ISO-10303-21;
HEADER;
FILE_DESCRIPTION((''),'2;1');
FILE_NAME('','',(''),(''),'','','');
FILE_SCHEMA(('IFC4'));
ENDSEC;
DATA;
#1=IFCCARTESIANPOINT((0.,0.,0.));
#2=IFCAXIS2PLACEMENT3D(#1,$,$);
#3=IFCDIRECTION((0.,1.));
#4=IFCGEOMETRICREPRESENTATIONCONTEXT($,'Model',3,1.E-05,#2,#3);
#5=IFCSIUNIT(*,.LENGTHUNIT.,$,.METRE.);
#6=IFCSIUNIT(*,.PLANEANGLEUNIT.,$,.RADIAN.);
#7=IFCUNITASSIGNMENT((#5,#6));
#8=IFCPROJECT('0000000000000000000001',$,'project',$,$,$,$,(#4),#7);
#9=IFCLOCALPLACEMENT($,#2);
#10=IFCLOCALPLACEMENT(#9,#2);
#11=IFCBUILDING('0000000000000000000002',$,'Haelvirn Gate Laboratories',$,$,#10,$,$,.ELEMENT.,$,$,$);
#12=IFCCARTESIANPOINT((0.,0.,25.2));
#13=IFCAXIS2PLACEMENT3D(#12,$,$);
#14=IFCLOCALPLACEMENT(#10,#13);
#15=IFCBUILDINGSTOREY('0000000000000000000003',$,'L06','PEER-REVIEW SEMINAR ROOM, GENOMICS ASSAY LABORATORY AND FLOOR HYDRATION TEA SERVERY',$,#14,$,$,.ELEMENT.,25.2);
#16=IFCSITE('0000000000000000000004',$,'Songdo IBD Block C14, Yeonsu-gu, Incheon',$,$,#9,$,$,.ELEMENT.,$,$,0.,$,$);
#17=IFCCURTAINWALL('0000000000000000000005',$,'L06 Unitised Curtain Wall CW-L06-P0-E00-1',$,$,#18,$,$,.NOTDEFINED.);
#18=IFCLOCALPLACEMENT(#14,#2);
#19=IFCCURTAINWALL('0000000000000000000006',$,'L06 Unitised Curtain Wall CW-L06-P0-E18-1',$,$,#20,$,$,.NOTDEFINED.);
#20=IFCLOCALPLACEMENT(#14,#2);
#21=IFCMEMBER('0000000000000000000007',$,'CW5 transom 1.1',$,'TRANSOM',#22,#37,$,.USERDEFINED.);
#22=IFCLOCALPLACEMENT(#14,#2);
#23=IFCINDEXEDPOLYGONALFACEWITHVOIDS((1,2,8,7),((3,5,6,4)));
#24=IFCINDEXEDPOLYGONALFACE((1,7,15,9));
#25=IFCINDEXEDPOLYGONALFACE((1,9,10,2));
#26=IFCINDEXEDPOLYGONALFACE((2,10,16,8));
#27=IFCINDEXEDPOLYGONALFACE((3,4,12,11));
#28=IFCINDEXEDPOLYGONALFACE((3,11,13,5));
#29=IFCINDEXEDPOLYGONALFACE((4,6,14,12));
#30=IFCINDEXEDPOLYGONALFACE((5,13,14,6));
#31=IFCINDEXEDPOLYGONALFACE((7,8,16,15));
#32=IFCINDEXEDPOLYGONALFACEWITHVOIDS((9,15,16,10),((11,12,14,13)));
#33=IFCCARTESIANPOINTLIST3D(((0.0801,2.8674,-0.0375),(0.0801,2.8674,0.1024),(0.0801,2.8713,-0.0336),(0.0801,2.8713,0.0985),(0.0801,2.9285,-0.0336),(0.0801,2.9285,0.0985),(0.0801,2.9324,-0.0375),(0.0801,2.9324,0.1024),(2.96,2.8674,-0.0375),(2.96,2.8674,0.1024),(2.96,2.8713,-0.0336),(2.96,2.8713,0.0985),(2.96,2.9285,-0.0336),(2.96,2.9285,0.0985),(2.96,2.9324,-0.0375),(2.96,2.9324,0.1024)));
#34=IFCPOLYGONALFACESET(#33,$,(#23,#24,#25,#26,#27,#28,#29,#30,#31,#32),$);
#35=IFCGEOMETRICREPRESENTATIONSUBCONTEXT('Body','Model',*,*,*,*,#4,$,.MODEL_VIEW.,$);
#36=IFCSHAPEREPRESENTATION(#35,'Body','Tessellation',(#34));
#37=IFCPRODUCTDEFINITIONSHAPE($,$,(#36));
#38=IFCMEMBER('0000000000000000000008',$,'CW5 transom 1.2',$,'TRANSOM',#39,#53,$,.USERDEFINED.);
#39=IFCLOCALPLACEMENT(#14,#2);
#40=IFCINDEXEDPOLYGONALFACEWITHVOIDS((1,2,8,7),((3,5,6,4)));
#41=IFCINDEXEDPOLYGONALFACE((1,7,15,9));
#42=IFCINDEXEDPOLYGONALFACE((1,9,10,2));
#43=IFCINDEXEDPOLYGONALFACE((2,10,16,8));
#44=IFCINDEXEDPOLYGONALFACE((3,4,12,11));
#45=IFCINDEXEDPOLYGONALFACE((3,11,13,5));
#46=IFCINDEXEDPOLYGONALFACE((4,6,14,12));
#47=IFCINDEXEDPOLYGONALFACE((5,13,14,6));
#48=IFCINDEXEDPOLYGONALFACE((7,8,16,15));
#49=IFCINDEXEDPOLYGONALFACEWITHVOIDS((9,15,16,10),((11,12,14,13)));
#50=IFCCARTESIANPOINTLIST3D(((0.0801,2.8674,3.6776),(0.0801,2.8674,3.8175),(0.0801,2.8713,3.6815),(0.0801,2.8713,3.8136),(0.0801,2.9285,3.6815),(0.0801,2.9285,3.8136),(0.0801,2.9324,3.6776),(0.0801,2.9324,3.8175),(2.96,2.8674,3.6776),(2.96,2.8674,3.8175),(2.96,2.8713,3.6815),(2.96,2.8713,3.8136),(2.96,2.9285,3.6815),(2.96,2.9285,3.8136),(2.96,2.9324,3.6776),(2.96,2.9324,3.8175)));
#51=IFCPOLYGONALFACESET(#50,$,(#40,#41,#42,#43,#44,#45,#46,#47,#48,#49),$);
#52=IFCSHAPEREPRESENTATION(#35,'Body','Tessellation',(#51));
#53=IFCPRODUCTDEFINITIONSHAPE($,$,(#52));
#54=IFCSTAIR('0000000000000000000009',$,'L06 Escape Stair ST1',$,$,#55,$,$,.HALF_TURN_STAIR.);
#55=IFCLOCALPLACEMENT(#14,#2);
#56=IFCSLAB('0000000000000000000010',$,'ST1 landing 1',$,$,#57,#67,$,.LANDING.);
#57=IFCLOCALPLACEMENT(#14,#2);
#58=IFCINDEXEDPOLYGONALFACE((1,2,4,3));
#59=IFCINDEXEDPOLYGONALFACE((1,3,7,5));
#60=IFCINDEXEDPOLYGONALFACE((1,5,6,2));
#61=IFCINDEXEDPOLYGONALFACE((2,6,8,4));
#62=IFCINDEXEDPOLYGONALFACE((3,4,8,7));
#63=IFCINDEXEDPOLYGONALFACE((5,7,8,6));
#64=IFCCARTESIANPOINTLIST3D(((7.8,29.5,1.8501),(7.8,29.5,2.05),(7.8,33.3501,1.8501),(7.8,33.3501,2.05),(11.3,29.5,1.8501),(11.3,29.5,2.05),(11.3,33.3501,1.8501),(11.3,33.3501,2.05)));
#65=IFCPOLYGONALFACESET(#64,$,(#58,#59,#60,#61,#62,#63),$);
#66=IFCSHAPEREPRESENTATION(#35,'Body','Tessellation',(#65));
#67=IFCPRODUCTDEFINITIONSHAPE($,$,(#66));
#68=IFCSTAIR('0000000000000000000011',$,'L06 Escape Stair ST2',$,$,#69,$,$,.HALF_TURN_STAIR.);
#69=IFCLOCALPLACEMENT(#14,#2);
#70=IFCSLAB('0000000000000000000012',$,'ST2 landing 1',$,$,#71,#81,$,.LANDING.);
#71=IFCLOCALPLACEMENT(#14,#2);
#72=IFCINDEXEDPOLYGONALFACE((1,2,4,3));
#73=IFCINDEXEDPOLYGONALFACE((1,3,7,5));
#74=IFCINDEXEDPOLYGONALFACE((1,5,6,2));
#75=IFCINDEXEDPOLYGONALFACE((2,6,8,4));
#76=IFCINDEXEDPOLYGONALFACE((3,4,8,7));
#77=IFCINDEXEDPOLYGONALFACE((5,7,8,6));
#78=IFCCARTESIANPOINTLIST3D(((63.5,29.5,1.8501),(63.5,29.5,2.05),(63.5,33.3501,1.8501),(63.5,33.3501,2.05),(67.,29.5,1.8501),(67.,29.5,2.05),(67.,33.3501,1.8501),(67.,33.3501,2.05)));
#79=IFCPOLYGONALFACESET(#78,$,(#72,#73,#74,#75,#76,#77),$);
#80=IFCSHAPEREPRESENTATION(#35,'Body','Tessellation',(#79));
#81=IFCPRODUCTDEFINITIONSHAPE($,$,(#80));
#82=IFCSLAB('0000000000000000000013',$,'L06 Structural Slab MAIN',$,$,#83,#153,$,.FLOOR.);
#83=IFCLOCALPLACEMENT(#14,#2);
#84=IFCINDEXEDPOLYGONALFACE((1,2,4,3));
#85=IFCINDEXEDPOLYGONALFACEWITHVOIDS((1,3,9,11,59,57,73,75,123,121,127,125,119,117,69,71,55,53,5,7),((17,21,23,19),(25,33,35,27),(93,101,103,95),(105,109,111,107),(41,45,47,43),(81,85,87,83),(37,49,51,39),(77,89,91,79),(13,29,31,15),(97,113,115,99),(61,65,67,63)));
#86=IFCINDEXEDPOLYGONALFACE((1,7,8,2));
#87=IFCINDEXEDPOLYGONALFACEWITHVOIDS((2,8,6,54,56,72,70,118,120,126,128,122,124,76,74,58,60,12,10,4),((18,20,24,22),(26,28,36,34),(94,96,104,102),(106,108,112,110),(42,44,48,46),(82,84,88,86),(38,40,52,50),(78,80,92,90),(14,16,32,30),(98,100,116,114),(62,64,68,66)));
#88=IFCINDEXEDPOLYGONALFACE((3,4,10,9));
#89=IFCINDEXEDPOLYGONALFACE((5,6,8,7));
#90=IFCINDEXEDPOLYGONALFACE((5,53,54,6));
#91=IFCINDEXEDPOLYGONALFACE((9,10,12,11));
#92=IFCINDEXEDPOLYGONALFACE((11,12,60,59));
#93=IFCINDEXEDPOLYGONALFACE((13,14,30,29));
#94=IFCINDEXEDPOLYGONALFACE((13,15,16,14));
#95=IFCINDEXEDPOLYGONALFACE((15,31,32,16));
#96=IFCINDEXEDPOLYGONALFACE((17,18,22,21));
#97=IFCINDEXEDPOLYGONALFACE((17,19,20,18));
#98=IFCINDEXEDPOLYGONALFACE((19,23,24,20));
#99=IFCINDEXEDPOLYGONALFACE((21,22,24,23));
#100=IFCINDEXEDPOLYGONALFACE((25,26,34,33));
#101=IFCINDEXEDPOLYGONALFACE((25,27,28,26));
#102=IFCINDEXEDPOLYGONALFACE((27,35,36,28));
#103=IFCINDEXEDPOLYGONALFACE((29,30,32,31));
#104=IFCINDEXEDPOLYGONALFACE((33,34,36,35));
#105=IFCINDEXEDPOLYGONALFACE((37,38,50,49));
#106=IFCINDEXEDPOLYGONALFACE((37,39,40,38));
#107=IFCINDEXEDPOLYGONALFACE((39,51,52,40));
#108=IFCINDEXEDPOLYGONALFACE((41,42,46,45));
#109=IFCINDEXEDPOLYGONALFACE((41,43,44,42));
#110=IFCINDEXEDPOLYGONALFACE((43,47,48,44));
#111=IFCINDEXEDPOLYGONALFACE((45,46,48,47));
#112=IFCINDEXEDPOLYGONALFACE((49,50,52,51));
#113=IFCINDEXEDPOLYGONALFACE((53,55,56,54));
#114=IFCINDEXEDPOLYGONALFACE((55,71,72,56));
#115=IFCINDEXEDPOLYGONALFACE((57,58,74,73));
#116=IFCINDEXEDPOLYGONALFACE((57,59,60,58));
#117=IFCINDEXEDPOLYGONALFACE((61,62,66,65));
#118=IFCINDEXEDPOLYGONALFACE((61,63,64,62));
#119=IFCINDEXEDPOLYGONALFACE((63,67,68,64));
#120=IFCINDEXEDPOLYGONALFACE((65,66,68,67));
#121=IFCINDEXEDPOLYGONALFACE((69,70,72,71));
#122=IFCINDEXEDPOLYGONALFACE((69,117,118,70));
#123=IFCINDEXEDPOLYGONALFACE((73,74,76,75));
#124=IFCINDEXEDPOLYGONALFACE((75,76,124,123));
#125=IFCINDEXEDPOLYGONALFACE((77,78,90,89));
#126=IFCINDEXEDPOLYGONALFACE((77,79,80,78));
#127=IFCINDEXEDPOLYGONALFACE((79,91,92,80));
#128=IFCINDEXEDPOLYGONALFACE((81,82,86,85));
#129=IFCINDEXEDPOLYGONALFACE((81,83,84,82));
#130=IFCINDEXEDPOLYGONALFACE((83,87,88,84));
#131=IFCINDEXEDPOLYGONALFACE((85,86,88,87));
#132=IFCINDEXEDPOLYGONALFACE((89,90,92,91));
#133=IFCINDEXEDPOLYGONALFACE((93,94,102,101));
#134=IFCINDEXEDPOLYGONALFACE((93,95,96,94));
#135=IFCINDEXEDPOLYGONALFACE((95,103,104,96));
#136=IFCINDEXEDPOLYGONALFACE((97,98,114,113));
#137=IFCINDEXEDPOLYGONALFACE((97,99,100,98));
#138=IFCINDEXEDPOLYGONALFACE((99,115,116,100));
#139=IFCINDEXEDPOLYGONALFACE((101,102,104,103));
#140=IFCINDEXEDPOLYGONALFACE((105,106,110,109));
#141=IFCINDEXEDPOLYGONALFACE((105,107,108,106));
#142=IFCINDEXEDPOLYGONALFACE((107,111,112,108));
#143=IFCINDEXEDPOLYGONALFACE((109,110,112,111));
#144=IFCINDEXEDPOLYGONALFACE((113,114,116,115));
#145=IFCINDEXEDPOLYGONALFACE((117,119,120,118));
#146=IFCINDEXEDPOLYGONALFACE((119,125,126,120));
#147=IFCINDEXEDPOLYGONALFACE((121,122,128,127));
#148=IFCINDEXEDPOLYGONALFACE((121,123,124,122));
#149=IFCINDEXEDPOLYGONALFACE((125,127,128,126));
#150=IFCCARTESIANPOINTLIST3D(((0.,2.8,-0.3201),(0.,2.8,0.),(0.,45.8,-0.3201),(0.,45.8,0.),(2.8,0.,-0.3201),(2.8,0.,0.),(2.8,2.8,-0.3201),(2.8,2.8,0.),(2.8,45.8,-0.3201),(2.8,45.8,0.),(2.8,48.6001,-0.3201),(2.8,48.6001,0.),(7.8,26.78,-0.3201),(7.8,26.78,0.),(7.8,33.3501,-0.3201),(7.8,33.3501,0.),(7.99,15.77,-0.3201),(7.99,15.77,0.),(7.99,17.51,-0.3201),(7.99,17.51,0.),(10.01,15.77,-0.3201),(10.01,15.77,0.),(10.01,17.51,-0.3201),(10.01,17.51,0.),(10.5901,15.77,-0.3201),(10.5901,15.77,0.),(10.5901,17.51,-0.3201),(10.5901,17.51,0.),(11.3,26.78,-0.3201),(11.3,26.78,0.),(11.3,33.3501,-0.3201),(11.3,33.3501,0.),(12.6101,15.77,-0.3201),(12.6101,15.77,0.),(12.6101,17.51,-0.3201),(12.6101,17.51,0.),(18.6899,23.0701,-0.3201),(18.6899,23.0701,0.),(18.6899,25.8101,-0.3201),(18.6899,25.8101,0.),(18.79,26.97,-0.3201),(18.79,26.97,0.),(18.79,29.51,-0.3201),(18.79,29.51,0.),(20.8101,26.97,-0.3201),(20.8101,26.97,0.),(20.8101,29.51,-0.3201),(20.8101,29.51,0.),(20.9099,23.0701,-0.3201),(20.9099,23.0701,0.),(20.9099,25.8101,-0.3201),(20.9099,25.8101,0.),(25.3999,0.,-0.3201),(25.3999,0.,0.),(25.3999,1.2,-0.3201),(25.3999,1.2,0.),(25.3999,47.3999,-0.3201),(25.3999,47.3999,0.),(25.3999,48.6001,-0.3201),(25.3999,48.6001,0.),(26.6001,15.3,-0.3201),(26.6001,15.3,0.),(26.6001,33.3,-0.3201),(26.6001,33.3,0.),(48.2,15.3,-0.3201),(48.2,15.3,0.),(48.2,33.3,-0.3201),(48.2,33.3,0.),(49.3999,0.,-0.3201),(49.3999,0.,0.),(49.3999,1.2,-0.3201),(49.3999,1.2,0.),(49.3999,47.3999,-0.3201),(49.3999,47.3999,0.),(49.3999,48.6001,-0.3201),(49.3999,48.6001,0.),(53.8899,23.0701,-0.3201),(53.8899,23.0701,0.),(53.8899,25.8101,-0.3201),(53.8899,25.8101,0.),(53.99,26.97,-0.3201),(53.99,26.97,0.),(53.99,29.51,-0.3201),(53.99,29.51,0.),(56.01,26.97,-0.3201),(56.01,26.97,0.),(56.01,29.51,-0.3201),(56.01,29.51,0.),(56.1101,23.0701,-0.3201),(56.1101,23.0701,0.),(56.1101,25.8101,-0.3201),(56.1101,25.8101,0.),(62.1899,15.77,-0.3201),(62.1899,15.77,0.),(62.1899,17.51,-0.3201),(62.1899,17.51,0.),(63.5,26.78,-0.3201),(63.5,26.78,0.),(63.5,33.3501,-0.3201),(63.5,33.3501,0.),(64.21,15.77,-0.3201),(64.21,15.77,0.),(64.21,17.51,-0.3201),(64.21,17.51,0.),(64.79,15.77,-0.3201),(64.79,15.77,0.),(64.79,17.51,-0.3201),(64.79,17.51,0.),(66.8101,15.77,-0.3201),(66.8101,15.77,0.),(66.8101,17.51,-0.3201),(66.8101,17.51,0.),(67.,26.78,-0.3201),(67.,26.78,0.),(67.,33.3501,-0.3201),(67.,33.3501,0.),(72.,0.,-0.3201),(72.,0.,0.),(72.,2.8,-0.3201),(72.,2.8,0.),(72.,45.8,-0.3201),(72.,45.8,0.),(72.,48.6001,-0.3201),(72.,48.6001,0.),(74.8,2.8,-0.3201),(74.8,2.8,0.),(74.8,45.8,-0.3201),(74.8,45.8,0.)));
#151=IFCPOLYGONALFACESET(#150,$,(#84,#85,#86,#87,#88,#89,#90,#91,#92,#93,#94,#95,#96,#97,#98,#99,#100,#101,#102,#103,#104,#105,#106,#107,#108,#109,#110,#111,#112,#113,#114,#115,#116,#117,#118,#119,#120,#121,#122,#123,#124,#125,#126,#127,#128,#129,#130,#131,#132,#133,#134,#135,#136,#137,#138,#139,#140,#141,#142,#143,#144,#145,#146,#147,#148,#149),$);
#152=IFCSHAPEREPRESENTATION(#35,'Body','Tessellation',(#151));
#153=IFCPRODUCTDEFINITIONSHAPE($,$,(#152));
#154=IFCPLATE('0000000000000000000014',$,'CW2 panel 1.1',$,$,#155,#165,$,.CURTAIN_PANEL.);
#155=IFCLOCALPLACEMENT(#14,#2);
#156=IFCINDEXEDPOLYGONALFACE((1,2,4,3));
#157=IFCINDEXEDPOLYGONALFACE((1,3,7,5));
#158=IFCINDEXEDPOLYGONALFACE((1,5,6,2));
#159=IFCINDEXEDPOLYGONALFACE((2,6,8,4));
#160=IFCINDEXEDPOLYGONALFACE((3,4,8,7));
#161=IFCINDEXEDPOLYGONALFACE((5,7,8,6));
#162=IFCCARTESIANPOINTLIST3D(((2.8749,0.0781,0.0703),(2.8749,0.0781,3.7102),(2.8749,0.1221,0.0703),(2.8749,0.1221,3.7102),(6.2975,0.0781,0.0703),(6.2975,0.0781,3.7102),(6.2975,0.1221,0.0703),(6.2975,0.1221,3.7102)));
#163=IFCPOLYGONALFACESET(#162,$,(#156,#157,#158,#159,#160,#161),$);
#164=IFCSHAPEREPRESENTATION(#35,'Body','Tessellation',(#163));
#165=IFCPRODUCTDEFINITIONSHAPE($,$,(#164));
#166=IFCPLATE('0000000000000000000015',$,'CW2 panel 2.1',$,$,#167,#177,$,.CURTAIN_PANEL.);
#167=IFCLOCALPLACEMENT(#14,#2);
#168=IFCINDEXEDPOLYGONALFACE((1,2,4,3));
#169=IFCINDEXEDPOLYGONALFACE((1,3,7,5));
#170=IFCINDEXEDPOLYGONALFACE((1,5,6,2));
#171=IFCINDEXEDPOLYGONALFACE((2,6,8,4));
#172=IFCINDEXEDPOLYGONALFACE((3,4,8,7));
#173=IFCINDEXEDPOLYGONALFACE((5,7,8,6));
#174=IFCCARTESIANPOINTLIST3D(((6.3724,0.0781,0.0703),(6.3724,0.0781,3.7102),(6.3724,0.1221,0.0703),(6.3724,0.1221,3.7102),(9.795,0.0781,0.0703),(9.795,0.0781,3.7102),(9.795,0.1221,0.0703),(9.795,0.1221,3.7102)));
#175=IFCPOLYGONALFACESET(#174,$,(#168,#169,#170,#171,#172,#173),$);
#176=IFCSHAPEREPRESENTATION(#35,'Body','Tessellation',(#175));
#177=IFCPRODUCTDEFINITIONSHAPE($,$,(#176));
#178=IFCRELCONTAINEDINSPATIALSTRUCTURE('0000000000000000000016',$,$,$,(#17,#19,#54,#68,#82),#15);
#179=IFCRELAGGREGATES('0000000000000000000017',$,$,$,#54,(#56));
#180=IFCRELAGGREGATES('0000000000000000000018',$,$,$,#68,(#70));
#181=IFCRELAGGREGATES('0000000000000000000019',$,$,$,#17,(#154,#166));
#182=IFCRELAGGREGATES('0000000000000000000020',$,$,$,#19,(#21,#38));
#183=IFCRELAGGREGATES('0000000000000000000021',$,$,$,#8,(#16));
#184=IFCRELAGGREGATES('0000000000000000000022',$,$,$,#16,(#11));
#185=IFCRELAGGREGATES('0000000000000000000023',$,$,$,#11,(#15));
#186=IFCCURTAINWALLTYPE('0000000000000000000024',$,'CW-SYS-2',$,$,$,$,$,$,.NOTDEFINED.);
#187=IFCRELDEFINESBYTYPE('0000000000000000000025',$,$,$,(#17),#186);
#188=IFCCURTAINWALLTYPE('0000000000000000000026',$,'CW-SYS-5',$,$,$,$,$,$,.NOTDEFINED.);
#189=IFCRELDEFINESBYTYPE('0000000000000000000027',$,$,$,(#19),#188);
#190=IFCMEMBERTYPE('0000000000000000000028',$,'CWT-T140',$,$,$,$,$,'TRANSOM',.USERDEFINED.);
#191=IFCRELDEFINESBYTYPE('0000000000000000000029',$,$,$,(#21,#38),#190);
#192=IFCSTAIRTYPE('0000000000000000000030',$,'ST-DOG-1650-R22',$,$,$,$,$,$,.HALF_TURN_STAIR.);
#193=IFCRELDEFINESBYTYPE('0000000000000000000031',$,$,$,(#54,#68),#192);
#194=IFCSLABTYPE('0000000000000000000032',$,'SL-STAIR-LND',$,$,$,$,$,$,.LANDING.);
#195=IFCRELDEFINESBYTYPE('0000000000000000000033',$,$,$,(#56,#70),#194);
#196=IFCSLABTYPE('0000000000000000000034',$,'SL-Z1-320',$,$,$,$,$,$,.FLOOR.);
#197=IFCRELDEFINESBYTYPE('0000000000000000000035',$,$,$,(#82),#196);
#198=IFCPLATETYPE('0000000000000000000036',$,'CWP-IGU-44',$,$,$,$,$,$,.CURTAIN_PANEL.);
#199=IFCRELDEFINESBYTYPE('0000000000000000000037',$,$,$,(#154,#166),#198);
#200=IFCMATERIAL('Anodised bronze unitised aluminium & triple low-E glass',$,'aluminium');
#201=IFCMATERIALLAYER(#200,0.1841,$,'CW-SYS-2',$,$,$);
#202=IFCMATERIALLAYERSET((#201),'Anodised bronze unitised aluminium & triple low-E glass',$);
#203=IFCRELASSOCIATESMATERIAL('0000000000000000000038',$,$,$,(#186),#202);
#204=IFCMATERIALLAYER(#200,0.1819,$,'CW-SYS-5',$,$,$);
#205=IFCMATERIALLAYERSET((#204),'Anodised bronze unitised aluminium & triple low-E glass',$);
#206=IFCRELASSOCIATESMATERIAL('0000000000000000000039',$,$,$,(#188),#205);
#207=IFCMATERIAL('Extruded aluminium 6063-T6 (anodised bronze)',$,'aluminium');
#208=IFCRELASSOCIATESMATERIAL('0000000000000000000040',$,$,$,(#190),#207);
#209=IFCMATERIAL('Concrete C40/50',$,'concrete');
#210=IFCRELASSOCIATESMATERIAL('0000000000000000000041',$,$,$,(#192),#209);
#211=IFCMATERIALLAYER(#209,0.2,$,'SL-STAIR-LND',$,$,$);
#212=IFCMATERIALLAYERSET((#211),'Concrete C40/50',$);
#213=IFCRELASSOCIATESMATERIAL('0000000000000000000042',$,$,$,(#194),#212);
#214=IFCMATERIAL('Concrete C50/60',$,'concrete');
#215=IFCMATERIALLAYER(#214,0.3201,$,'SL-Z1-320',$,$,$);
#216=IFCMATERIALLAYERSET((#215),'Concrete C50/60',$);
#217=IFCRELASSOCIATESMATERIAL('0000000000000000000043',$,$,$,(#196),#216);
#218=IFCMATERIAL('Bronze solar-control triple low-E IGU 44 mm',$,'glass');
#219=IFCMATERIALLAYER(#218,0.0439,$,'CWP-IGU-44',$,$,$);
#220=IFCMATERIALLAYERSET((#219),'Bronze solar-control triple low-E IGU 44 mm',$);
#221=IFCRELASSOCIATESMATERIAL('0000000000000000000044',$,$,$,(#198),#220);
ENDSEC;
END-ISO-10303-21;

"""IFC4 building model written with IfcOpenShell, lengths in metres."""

from ifc_helpers import new_model, si_unit, direction, frame, origin, origin_2d, place, context, subcontext, project, spatial, polyline, rectangle, hollow_rectangle, outline, extrude, source, transform, mapped, material, layer, layer_set, material_profile, profile_set, type_object, type_shapes, element, aggregate, save


model = new_model("IFC4")

# Units and contexts
model_context = context("Model", 3, precision=1e-05, world=origin(), true_north=direction((0.0, 1.0)))
body_context = subcontext(model_context, "Body", "Model", "MODEL_VIEW")
ifc_project = project(units=[si_unit("LENGTHUNIT", "METRE"), si_unit("PLANEANGLEUNIT", "RADIAN")], contexts=[model_context])

# Site, building, storey
site_placement = place(None, origin())
site = spatial("IfcSite", under=ifc_project, at=site_placement, Name="Songdo IBD Block C14, Yeonsu-gu, Incheon", CompositionType="ELEMENT", RefElevation=0.0)
building_placement = place(site_placement, origin())
building = spatial("IfcBuilding", under=site, at=building_placement, Name="Haelvirn Gate Laboratories", CompositionType="ELEMENT")
storey_placement = place(building_placement, frame((0.0, 0.0, 25.2)))
storey = spatial("IfcBuildingStorey", under=building, at=storey_placement, Name="L06", Description="PEER-REVIEW SEMINAR ROOM, GENOMICS ASSAY LABORATORY AND FLOOR HYDRATION TEA SERVERY", CompositionType="ELEMENT", Elevation=25.2)

# Curtain wall
ifc_material_1 = material(Name="Anodised bronze unitised aluminium & triple low-E glass", Category="aluminium")
ifc_layer_1 = layer(ifc_material_1, 0.1841, Name="CW-SYS-2")
ifc_layer_set_1 = layer_set([ifc_layer_1], Name="Anodised bronze unitised aluminium & triple low-E glass")
curtain_wall_type_1 = type_object("IfcCurtainWallType", Name="CW-SYS-2", PredefinedType="NOTDEFINED", material=ifc_layer_set_1)
curtain_wall_1_placement = place(storey_placement, origin())
curtain_wall_1 = element("IfcCurtainWall", 1, at=curtain_wall_1_placement, inside=storey, type_object=curtain_wall_type_1, Name="L06 Unitised Curtain Wall CW-L06-P0-E00-1", PredefinedType="NOTDEFINED")
ifc_material_2 = material(Name="Extruded aluminium 6063-T6 (anodised bronze)", Category="aluminium")

# Curtain wall, members
ifc_layer_2 = layer(ifc_material_1, 0.1819, Name="CW-SYS-5")
ifc_layer_set_2 = layer_set([ifc_layer_2], Name="Anodised bronze unitised aluminium & triple low-E glass")
curtain_wall_type_2 = type_object("IfcCurtainWallType", Name="CW-SYS-5", PredefinedType="NOTDEFINED", material=ifc_layer_set_2)
curtain_wall_2_placement = place(storey_placement, origin())
curtain_wall_2 = element("IfcCurtainWall", 2, at=curtain_wall_2_placement, inside=storey, type_object=curtain_wall_type_2, Name="L06 Unitised Curtain Wall CW-L06-P0-E18-1", PredefinedType="NOTDEFINED")
ifc_material_profile_1 = material_profile(ifc_material_2, hollow_rectangle(XDim=0.0649, YDim=0.1399, WallThickness=0.0039, at=origin_2d()), Name="CWT-140x65x4")
ifc_profile_set_1 = profile_set([ifc_material_profile_1], Name="Extruded aluminium 6063-T6 (anodised bronze)")
member_type_1 = type_object("IfcMemberType", Name="CWT-T140", ElementType="TRANSOM", PredefinedType="USERDEFINED", material=ifc_profile_set_1)
shared_shape_1 = source(origin(), body_context, "Body", "SweptSolid", [
    extrude(hollow_rectangle(XDim=0.0649, YDim=0.1399, WallThickness=0.0039, at=origin_2d()), origin(), (0.0, 0.0, 1.0), 2.8799),
])
type_shapes(member_type_1, [shared_shape_1])
member_1_placement = place(storey_placement, frame((0.0801, 2.8999, 0.0325), z_axis=(1.0, 0.0, 0.0), x_axis=(0.0, 1.0, 0.0)))
member_1 = element("IfcMember", 3, at=member_1_placement, type_object=member_type_1, Name="CW5 transom 1.1", ObjectType="TRANSOM", PredefinedType="USERDEFINED", context=body_context, shape_type="MappedRepresentation", body=[
    mapped(shared_shape_1, transform((0.0, 0.0, 0.0), scale=1.0)),
])
member_2_placement = place(storey_placement, frame((0.0801, 2.8999, 3.7476), z_axis=(1.0, 0.0, 0.0), x_axis=(0.0, 1.0, 0.0)))
member_2 = element("IfcMember", 4, at=member_2_placement, type_object=member_type_1, Name="CW5 transom 1.2", ObjectType="TRANSOM", PredefinedType="USERDEFINED", context=body_context, shape_type="MappedRepresentation", body=[
    mapped(shared_shape_1, transform((0.0, 0.0, 0.0), scale=1.0)),
])

# Shared definitions
ifc_material_3 = material(Name="Concrete C40/50", Category="concrete")

# Stairs, slabs
stair_type = type_object("IfcStairType", Name="ST-DOG-1650-R22", PredefinedType="HALF_TURN_STAIR", material=ifc_material_3)
stair_1_placement = place(storey_placement, origin())
stair_1 = element("IfcStair", 5, at=stair_1_placement, inside=storey, type_object=stair_type, Name="L06 Escape Stair ST1", PredefinedType="HALF_TURN_STAIR")
ifc_layer_3 = layer(ifc_material_3, 0.2, Name="SL-STAIR-LND")
ifc_layer_set_3 = layer_set([ifc_layer_3], Name="Concrete C40/50")
slab_type_1 = type_object("IfcSlabType", Name="SL-STAIR-LND", PredefinedType="LANDING", material=ifc_layer_set_3)
slab_1_placement = place(storey_placement, frame((0.0, 0.0, 1.8501)))
slab_1 = element("IfcSlab", 6, at=slab_1_placement, type_object=slab_type_1, Name="ST1 landing 1", PredefinedType="LANDING", context=body_context, shape_type="SweptSolid", body=[
    extrude(outline(polyline([(11.3, 29.5), (11.3, 33.3501), (7.8, 33.3501), (7.8, 29.5), (11.3, 29.5)])), origin(), (0.0, 0.0, 1.0), 0.2),
])
aggregate(stair_1, [slab_1])
stair_2_placement = place(storey_placement, origin())
stair_2 = element("IfcStair", 7, at=stair_2_placement, inside=storey, type_object=stair_type, Name="L06 Escape Stair ST2", PredefinedType="HALF_TURN_STAIR")
slab_2_placement = place(storey_placement, frame((0.0, 0.0, 1.8501)))
slab_2 = element("IfcSlab", 8, at=slab_2_placement, type_object=slab_type_1, Name="ST2 landing 1", PredefinedType="LANDING", context=body_context, shape_type="SweptSolid", body=[
    extrude(outline(polyline([(67.0, 29.5), (67.0, 33.3501), (63.5, 33.3501), (63.5, 29.5), (67.0, 29.5)])), origin(), (0.0, 0.0, 1.0), 0.2),
])
aggregate(stair_2, [slab_2])

# Slab
ifc_material_4 = material(Name="Concrete C50/60", Category="concrete")
ifc_layer_4 = layer(ifc_material_4, 0.3201, Name="SL-Z1-320")
ifc_layer_set_4 = layer_set([ifc_layer_4], Name="Concrete C50/60")
slab_type_2 = type_object("IfcSlabType", Name="SL-Z1-320", PredefinedType="FLOOR", material=ifc_layer_set_4)
slab_3_placement = place(storey_placement, frame((0.0, 0.0, -0.3201)))
element("IfcSlab", 9, at=slab_3_placement, inside=storey, type_object=slab_type_2, Name="L06 Structural Slab MAIN", PredefinedType="FLOOR", context=body_context, shape_type="SweptSolid", body=[
    extrude(outline(polyline([(2.8, 0.0), (25.3999, 0.0), (25.3999, 1.2), (49.3999, 1.2), (49.3999, 0.0), (72.0, 0.0), (72.0, 2.8), (74.8, 2.8), (74.8, 45.8), (72.0, 45.8), (72.0, 48.6001), (49.3999, 48.6001), (49.3999, 47.3999), (25.3999, 47.3999), (25.3999, 48.6001), (2.8, 48.6001), (2.8, 45.8), (0.0, 45.8), (0.0, 2.8), (2.8, 2.8), (2.8, 0.0)]), holes=[polyline([(26.6001, 15.3), (48.2, 15.3), (48.2, 33.3), (26.6001, 33.3), (26.6001, 15.3)]), polyline([(11.3, 26.78), (11.3, 33.3501), (7.8, 33.3501), (7.8, 26.78), (11.3, 26.78)]), polyline([(67.0, 26.78), (67.0, 33.3501), (63.5, 33.3501), (63.5, 26.78), (67.0, 26.78)]), polyline([(7.99, 15.77), (10.01, 15.77), (10.01, 17.51), (7.99, 17.51), (7.99, 15.77)]), polyline([(10.5901, 15.77), (12.6101, 15.77), (12.6101, 17.51), (10.5901, 17.51), (10.5901, 15.77)]), polyline([(18.79, 26.97), (20.8101, 26.97), (20.8101, 29.51), (18.79, 29.51), (18.79, 26.97)]), polyline([(18.6899, 23.0701), (20.9099, 23.0701), (20.9099, 25.8101), (18.6899, 25.8101), (18.6899, 23.0701)]), polyline([(64.79, 15.77), (66.8101, 15.77), (66.8101, 17.51), (64.79, 17.51), (64.79, 15.77)]), polyline([(62.1899, 15.77), (64.21, 15.77), (64.21, 17.51), (62.1899, 17.51), (62.1899, 15.77)]), polyline([(53.99, 26.97), (56.01, 26.97), (56.01, 29.51), (53.99, 29.51), (53.99, 26.97)]), polyline([(53.8899, 23.0701), (56.1101, 23.0701), (56.1101, 25.8101), (53.8899, 25.8101), (53.8899, 23.0701)])]), origin(), (0.0, 0.0, 1.0), 0.3201),
])

# Plates
ifc_material_5 = material(Name="Bronze solar-control triple low-E IGU 44 mm", Category="glass")
ifc_layer_5 = layer(ifc_material_5, 0.0439, Name="CWP-IGU-44")
ifc_layer_set_5 = layer_set([ifc_layer_5], Name="Bronze solar-control triple low-E IGU 44 mm")
plate_type_1 = type_object("IfcPlateType", Name="CWP-IGU-44", PredefinedType="CURTAIN_PANEL", material=ifc_layer_set_5)
shared_shape_2 = source(origin(), body_context, "Body", "SweptSolid", [
    extrude(rectangle(XDim=3.4226, YDim=0.0439, at=origin_2d()), origin(), (0.0, 0.0, 1.0), 3.6399),
])
type_shapes(plate_type_1, [shared_shape_2])
plate_1_placement = place(storey_placement, frame((4.5862, 0.1001, 0.0703), z_axis=(0.0, 0.0, 1.0), x_axis=(1.0, 0.0, 0.0)))
plate_1 = element("IfcPlate", 10, at=plate_1_placement, type_object=plate_type_1, Name="CW2 panel 1.1", PredefinedType="CURTAIN_PANEL", context=body_context, shape_type="MappedRepresentation", body=[
    mapped(shared_shape_2, transform((0.0, 0.0, 0.0), scale=1.0)),
])
plate_2_placement = place(storey_placement, frame((8.0837, 0.1001, 0.0703), z_axis=(0.0, 0.0, 1.0), x_axis=(1.0, 0.0, 0.0)))
plate_2 = element("IfcPlate", 11, at=plate_2_placement, type_object=plate_type_1, Name="CW2 panel 2.1", PredefinedType="CURTAIN_PANEL", context=body_context, shape_type="MappedRepresentation", body=[
    mapped(shared_shape_2, transform((0.0, 0.0, 0.0), scale=1.0)),
])
aggregate(curtain_wall_1, [plate_1, plate_2])
aggregate(curtain_wall_2, [member_1, member_2])

save(model, "model.ifc")
